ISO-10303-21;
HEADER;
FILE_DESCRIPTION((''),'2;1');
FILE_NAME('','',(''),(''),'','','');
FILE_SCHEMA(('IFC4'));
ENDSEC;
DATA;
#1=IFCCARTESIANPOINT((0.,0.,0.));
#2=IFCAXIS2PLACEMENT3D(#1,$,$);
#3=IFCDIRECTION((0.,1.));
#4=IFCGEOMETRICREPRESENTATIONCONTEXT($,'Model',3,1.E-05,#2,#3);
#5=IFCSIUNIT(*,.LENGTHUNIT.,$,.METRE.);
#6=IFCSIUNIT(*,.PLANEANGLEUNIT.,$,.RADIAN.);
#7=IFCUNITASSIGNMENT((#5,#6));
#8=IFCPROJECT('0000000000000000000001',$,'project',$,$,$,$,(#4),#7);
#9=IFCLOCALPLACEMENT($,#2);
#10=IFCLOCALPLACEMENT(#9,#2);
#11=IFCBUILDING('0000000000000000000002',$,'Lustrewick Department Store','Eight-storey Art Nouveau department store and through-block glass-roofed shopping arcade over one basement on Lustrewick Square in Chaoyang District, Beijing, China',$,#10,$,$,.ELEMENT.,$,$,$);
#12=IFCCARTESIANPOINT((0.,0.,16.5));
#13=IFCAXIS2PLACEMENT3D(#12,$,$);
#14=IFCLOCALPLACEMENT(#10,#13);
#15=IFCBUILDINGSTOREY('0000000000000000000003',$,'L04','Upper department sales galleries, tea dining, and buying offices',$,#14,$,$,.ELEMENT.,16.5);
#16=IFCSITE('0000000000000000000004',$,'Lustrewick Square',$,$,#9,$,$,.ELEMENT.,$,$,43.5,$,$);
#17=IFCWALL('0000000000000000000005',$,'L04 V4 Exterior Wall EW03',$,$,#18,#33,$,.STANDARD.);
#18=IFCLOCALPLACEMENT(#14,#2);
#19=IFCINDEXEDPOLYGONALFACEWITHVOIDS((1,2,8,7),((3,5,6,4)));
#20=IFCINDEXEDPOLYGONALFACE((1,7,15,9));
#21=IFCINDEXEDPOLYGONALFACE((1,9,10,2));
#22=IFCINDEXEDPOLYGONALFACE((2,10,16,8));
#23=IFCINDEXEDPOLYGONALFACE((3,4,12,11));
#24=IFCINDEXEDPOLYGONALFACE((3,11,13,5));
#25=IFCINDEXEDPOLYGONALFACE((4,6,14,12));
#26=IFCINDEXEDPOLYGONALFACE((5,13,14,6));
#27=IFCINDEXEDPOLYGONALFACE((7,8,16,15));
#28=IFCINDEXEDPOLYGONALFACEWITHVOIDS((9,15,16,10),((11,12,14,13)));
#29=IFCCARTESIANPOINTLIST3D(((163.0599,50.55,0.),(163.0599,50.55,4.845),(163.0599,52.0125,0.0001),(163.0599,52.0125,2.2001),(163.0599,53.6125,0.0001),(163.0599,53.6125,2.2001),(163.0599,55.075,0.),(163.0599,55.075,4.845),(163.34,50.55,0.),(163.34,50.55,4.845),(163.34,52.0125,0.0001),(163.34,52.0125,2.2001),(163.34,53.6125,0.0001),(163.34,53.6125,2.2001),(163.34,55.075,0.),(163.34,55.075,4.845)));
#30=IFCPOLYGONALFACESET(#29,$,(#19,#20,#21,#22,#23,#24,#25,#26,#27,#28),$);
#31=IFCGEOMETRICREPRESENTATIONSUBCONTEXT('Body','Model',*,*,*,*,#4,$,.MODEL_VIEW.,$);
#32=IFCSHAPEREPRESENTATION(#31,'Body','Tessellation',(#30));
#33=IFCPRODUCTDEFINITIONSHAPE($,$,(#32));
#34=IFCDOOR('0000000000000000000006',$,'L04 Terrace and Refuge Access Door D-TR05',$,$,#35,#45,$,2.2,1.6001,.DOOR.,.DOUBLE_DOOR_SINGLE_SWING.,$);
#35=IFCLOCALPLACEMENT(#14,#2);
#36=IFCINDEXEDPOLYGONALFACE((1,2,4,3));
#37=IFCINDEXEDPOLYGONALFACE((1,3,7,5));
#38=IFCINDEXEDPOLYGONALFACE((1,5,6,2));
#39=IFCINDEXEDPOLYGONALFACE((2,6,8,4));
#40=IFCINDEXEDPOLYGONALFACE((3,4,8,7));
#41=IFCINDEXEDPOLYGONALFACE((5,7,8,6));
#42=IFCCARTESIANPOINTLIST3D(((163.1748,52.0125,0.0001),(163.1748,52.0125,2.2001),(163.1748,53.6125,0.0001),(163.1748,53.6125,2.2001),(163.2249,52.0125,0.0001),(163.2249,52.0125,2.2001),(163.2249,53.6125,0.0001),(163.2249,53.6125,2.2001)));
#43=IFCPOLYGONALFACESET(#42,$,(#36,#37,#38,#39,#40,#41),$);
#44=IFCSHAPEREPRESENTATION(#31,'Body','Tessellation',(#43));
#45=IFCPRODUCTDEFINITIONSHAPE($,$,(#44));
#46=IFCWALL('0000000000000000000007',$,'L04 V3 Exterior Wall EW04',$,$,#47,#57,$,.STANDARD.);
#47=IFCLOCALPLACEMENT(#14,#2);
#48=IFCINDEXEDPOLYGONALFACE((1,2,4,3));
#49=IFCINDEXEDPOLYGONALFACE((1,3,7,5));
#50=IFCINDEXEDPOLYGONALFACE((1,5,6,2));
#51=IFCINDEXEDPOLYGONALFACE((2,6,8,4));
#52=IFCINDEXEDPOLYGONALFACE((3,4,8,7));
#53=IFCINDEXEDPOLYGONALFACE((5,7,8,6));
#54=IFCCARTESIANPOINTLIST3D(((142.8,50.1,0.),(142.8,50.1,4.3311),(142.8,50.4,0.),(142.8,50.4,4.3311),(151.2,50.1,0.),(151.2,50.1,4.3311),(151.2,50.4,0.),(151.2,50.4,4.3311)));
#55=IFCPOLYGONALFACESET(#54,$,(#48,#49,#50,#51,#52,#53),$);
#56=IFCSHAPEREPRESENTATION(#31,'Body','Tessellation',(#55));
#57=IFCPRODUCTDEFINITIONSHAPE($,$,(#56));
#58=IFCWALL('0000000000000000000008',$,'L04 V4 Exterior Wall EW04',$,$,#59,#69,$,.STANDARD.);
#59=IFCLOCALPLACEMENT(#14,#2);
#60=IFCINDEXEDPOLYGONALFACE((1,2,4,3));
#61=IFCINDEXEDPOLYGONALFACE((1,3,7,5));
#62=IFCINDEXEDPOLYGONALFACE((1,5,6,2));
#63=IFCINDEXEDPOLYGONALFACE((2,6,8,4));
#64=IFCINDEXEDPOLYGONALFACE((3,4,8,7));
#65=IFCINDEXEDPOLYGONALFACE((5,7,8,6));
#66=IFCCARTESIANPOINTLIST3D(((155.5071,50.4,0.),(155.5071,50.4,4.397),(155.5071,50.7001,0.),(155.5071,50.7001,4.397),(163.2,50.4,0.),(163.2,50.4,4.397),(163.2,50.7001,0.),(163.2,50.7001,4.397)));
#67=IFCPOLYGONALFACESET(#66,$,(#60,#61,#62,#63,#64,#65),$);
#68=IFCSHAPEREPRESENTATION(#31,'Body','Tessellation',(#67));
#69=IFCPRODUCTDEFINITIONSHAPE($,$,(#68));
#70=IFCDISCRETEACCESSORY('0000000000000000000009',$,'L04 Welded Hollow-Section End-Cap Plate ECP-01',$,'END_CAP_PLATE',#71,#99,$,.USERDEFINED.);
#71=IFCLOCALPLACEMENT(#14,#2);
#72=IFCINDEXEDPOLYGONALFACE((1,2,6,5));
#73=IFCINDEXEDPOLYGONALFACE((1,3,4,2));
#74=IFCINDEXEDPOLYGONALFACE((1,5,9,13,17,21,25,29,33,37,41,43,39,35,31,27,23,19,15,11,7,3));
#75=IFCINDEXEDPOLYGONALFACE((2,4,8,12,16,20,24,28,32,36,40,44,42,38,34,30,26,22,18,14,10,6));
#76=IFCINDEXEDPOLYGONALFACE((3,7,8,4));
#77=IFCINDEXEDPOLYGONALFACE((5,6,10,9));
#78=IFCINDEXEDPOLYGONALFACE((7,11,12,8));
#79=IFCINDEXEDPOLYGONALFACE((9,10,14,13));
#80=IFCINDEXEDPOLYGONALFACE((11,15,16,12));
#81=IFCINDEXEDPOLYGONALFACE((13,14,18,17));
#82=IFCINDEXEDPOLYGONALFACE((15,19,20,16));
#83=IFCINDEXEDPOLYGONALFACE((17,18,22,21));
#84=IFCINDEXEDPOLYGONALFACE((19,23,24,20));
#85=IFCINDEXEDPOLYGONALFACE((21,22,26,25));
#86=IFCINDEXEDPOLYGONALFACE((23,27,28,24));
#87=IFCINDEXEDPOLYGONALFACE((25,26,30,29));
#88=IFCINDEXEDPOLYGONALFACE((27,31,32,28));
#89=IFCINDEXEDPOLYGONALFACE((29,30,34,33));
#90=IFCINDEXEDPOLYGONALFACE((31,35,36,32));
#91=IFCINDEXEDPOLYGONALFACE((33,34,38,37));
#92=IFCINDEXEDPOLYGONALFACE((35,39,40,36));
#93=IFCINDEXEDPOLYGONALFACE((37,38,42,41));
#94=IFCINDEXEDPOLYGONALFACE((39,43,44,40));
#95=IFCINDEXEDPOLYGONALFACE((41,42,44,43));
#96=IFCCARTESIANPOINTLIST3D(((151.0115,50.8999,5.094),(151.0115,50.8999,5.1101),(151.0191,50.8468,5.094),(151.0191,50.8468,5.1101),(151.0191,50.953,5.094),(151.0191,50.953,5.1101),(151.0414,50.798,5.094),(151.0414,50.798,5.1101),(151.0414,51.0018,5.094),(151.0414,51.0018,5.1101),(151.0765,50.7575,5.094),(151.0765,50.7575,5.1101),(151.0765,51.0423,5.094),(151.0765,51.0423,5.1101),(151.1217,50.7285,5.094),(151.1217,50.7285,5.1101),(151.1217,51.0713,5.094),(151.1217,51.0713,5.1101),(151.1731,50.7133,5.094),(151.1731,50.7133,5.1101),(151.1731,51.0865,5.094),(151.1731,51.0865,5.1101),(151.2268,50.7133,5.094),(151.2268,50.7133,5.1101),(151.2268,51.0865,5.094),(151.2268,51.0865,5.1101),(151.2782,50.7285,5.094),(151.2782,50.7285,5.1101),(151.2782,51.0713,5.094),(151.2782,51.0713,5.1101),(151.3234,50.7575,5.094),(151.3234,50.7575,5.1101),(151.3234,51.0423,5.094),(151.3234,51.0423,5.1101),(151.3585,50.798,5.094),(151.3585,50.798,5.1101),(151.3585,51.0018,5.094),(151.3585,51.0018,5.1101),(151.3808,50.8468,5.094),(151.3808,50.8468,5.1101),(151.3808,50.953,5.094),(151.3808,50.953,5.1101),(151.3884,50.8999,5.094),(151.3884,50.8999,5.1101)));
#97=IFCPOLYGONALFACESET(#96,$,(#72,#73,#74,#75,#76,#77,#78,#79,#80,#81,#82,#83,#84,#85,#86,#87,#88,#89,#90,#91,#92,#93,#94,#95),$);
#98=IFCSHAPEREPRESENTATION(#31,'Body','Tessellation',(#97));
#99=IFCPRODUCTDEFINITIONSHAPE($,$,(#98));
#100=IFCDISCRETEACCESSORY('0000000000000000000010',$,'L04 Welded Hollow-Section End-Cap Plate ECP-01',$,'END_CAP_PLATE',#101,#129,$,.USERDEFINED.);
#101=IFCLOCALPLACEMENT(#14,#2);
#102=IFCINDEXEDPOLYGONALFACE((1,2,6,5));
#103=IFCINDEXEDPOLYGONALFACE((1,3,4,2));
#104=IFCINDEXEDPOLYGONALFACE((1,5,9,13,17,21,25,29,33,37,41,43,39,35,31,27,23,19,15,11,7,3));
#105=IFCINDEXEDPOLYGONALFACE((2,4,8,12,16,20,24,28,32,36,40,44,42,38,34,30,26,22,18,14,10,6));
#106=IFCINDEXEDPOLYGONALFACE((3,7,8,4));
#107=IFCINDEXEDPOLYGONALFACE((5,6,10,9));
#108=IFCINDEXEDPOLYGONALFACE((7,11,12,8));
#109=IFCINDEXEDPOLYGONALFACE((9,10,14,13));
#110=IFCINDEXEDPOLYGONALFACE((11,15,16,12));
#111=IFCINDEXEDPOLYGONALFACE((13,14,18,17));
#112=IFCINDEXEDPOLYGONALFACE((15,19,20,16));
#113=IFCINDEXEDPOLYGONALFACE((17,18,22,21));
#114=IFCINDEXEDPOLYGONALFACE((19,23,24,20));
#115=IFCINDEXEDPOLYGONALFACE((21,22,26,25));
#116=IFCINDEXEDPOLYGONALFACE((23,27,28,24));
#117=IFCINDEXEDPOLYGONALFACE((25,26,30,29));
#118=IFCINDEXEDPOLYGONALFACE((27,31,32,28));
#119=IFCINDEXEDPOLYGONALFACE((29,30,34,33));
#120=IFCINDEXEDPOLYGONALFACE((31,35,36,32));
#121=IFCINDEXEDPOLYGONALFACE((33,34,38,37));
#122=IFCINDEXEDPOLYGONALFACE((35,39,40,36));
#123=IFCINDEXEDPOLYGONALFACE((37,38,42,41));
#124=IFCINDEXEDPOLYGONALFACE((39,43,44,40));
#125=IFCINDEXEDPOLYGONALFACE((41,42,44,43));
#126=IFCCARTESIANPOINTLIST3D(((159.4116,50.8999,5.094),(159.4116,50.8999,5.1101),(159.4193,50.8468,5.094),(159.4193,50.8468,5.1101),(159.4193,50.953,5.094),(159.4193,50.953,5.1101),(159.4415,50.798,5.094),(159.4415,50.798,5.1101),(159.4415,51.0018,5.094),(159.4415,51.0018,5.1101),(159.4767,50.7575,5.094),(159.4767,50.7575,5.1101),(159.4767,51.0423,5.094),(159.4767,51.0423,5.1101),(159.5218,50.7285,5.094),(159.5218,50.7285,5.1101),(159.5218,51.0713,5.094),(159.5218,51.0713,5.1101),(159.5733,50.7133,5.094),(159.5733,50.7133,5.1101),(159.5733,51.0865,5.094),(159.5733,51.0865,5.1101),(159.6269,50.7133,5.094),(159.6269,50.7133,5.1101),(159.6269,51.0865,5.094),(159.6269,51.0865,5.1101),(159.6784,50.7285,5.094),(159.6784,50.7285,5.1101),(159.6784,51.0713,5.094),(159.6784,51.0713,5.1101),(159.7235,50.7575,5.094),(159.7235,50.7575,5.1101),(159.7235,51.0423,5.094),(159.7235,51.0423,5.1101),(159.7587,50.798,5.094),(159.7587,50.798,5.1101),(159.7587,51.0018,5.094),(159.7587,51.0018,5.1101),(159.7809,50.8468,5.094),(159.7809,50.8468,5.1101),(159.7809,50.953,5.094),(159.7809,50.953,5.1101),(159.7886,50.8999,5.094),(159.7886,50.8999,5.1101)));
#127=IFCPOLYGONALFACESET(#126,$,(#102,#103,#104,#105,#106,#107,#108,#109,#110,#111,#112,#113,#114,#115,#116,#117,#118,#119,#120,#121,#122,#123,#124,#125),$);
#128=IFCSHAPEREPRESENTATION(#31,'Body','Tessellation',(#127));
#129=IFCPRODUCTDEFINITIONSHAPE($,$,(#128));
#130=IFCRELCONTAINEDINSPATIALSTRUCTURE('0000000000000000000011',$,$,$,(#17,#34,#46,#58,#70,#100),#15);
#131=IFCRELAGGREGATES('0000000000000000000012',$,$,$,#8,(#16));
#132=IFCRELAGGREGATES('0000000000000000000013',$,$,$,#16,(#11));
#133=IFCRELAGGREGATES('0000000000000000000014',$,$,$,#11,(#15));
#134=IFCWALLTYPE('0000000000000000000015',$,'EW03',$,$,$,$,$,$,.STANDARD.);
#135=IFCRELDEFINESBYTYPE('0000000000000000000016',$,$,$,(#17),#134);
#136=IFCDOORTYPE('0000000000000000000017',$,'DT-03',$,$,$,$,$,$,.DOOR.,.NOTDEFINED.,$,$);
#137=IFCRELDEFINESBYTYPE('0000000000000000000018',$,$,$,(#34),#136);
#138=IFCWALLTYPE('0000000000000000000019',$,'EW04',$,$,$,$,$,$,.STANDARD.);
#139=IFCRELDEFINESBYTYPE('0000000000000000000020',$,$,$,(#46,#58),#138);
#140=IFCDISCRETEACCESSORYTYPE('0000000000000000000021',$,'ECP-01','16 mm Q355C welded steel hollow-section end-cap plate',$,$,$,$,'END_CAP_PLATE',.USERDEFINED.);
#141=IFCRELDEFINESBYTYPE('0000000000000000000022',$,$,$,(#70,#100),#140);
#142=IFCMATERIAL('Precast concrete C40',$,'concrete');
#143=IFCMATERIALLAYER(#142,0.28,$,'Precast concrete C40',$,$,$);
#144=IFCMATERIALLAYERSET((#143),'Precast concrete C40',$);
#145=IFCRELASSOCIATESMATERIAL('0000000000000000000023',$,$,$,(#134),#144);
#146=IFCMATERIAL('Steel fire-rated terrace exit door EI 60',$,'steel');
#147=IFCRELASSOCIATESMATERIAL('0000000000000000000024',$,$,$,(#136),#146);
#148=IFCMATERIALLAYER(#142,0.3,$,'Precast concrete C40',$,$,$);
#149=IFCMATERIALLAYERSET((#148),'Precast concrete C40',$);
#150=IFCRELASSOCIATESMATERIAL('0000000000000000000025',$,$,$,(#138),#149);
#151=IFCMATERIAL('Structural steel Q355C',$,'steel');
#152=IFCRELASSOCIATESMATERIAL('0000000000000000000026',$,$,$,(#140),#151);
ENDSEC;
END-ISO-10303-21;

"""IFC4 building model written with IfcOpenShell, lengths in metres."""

from ifc_helpers import new_model, si_unit, direction, frame, frame_2d, origin, origin_2d, place, context, subcontext, project, spatial, rectangle, circle, extrude, material, layer, layer_set, type_object, element, fill, save


model = new_model("IFC4")

# Units and contexts
model_context = context("Model", 3, precision=1e-05, world=origin(), true_north=direction((0.0, 1.0)))
body_context = subcontext(model_context, "Body", "Model", "MODEL_VIEW")
ifc_project = project(units=[si_unit("LENGTHUNIT", "METRE"), si_unit("PLANEANGLEUNIT", "RADIAN")], contexts=[model_context])

# Site, building, storey
site_placement = place(None, origin())
site = spatial("IfcSite", under=ifc_project, at=site_placement, Name="Lustrewick Square", CompositionType="ELEMENT", RefElevation=43.5)
building_placement = place(site_placement, origin())
building = spatial("IfcBuilding", under=site, at=building_placement, Name="Lustrewick Department Store", Description="Eight-storey Art Nouveau department store and through-block glass-roofed shopping arcade over one basement on Lustrewick Square in Chaoyang District, Beijing, China", CompositionType="ELEMENT")
storey_placement = place(building_placement, frame((0.0, 0.0, 16.5)))
storey = spatial("IfcBuildingStorey", under=building, at=storey_placement, Name="L04", Description="Upper department sales galleries, tea dining, and buying offices", CompositionType="ELEMENT", Elevation=16.5)

# Wall, opening, door
ifc_material_1 = material(Name="Precast concrete C40", Category="concrete")
ifc_layer_1 = layer(ifc_material_1, 0.28, Name="Precast concrete C40")
ifc_layer_set_1 = layer_set([ifc_layer_1], Name="Precast concrete C40")
wall_type_1 = type_object("IfcWallType", Name="EW03", PredefinedType="STANDARD", material=ifc_layer_set_1)
wall_1_placement = place(storey_placement, frame((163.2, 50.55, 0.0), z_axis=(0.0, 0.0, 1.0), x_axis=(0.0, 1.0, 0.0)))
wall_1 = element("IfcWall", 1, at=wall_1_placement, inside=storey, type_object=wall_type_1, Name="L04 V4 Exterior Wall EW03", PredefinedType="STANDARD", context=body_context, shape_type="SweptSolid", body=[
    extrude(rectangle(XDim=4.5249, YDim=0.28, at=frame_2d((2.2625, 0.0))), origin(), (0.0, 0.0, 1.0), 4.845),
])
opening_placement = place(wall_1_placement, frame((1.4624, 0.0, 0.0)))
opening = element("IfcOpeningElement", 2, at=opening_placement, cuts=wall_1, PredefinedType="OPENING", context=body_context, shape_type="SweptSolid", body=[
    extrude(rectangle(XDim=1.6001, YDim=2.2, at=frame_2d((0.8, 1.1001))), frame((0.0, 0.1499, 0.0), z_axis=(0.0, -1.0, 0.0), x_axis=(1.0, 0.0, 0.0)), (0.0, 0.0, 1.0), 0.3),
])
ifc_material_2 = material(Name="Steel fire-rated terrace exit door EI 60", Category="steel")
door_type = type_object("IfcDoorType", Name="DT-03", OperationType="NOTDEFINED", PredefinedType="DOOR", material=ifc_material_2)
door_placement = place(opening_placement, frame((1.6001, 0.0, 0.0), z_axis=(0.0, 0.0, 1.0), x_axis=(-1.0, 0.0, 0.0)))
door = element("IfcDoor", 3, at=door_placement, inside=storey, type_object=door_type, Name="L04 Terrace and Refuge Access Door D-TR05", OperationType="DOUBLE_DOOR_SINGLE_SWING", OverallHeight=2.2, OverallWidth=1.6001, PredefinedType="DOOR", context=body_context, shape_type="SweptSolid", body=[
    extrude(rectangle(XDim=1.6001, YDim=2.2, at=frame_2d((0.8, 1.1001))), frame((0.0, 0.0249, 0.0), z_axis=(0.0, -1.0, 0.0), x_axis=(1.0, 0.0, 0.0)), (0.0, 0.0, 1.0), 0.05),
])
fill(opening, door)

# Walls
ifc_layer_2 = layer(ifc_material_1, 0.3, Name="Precast concrete C40")
ifc_layer_set_2 = layer_set([ifc_layer_2], Name="Precast concrete C40")
wall_type_2 = type_object("IfcWallType", Name="EW04", PredefinedType="STANDARD", material=ifc_layer_set_2)
wall_2_placement = place(storey_placement, frame((151.2, 50.25, 0.0), z_axis=(0.0, 0.0, 1.0), x_axis=(-1.0, 0.0, 0.0)))
element("IfcWall", 4, at=wall_2_placement, inside=storey, type_object=wall_type_2, Name="L04 V3 Exterior Wall EW04", PredefinedType="STANDARD", context=body_context, shape_type="SweptSolid", body=[
    extrude(rectangle(XDim=8.3999, YDim=0.3, at=frame_2d((4.2, 0.0))), origin(), (0.0, 0.0, 1.0), 4.3311),
])
wall_3_placement = place(storey_placement, frame((155.5071, 50.55, 0.0), z_axis=(0.0, 0.0, 1.0), x_axis=(1.0, 0.0, 0.0)))
element("IfcWall", 5, at=wall_3_placement, inside=storey, type_object=wall_type_2, Name="L04 V4 Exterior Wall EW04", PredefinedType="STANDARD", context=body_context, shape_type="SweptSolid", body=[
    extrude(rectangle(XDim=7.6929, YDim=0.3, at=frame_2d((3.8464, 0.0))), origin(), (0.0, 0.0, 1.0), 4.397),
])

# Discrete accessories
ifc_material_3 = material(Name="Structural steel Q355C", Category="steel")
discrete_accessory_type = type_object("IfcDiscreteAccessoryType", Name="ECP-01", Description="16 mm Q355C welded steel hollow-section end-cap plate", ElementType="END_CAP_PLATE", PredefinedType="USERDEFINED", material=ifc_material_3)
for number, where, z_axis, x_axis, name in (
    (6, (151.2, 50.8999, 5.094), (0.0, 0.0, 1.0), (1.0, 0.0, 0.0), "L04 Welded Hollow-Section End-Cap Plate ECP-01"),
    (7, (159.6001, 50.8999, 5.094), (0.0, 0.0, 1.0), (1.0, 0.0, 0.0), "L04 Welded Hollow-Section End-Cap Plate ECP-01"),
):
    element("IfcDiscreteAccessory", number, at=place(storey_placement, frame(where, z_axis=z_axis, x_axis=x_axis)), inside=storey, type_object=discrete_accessory_type, Name=name, ObjectType="END_CAP_PLATE", PredefinedType="USERDEFINED", context=body_context, shape_type="SweptSolid", body=[
        extrude(circle(Radius=0.1885, at=origin_2d()), origin(), (0.0, 0.0, 1.0), 0.0161),
    ])

save(model, "model.ifc")
